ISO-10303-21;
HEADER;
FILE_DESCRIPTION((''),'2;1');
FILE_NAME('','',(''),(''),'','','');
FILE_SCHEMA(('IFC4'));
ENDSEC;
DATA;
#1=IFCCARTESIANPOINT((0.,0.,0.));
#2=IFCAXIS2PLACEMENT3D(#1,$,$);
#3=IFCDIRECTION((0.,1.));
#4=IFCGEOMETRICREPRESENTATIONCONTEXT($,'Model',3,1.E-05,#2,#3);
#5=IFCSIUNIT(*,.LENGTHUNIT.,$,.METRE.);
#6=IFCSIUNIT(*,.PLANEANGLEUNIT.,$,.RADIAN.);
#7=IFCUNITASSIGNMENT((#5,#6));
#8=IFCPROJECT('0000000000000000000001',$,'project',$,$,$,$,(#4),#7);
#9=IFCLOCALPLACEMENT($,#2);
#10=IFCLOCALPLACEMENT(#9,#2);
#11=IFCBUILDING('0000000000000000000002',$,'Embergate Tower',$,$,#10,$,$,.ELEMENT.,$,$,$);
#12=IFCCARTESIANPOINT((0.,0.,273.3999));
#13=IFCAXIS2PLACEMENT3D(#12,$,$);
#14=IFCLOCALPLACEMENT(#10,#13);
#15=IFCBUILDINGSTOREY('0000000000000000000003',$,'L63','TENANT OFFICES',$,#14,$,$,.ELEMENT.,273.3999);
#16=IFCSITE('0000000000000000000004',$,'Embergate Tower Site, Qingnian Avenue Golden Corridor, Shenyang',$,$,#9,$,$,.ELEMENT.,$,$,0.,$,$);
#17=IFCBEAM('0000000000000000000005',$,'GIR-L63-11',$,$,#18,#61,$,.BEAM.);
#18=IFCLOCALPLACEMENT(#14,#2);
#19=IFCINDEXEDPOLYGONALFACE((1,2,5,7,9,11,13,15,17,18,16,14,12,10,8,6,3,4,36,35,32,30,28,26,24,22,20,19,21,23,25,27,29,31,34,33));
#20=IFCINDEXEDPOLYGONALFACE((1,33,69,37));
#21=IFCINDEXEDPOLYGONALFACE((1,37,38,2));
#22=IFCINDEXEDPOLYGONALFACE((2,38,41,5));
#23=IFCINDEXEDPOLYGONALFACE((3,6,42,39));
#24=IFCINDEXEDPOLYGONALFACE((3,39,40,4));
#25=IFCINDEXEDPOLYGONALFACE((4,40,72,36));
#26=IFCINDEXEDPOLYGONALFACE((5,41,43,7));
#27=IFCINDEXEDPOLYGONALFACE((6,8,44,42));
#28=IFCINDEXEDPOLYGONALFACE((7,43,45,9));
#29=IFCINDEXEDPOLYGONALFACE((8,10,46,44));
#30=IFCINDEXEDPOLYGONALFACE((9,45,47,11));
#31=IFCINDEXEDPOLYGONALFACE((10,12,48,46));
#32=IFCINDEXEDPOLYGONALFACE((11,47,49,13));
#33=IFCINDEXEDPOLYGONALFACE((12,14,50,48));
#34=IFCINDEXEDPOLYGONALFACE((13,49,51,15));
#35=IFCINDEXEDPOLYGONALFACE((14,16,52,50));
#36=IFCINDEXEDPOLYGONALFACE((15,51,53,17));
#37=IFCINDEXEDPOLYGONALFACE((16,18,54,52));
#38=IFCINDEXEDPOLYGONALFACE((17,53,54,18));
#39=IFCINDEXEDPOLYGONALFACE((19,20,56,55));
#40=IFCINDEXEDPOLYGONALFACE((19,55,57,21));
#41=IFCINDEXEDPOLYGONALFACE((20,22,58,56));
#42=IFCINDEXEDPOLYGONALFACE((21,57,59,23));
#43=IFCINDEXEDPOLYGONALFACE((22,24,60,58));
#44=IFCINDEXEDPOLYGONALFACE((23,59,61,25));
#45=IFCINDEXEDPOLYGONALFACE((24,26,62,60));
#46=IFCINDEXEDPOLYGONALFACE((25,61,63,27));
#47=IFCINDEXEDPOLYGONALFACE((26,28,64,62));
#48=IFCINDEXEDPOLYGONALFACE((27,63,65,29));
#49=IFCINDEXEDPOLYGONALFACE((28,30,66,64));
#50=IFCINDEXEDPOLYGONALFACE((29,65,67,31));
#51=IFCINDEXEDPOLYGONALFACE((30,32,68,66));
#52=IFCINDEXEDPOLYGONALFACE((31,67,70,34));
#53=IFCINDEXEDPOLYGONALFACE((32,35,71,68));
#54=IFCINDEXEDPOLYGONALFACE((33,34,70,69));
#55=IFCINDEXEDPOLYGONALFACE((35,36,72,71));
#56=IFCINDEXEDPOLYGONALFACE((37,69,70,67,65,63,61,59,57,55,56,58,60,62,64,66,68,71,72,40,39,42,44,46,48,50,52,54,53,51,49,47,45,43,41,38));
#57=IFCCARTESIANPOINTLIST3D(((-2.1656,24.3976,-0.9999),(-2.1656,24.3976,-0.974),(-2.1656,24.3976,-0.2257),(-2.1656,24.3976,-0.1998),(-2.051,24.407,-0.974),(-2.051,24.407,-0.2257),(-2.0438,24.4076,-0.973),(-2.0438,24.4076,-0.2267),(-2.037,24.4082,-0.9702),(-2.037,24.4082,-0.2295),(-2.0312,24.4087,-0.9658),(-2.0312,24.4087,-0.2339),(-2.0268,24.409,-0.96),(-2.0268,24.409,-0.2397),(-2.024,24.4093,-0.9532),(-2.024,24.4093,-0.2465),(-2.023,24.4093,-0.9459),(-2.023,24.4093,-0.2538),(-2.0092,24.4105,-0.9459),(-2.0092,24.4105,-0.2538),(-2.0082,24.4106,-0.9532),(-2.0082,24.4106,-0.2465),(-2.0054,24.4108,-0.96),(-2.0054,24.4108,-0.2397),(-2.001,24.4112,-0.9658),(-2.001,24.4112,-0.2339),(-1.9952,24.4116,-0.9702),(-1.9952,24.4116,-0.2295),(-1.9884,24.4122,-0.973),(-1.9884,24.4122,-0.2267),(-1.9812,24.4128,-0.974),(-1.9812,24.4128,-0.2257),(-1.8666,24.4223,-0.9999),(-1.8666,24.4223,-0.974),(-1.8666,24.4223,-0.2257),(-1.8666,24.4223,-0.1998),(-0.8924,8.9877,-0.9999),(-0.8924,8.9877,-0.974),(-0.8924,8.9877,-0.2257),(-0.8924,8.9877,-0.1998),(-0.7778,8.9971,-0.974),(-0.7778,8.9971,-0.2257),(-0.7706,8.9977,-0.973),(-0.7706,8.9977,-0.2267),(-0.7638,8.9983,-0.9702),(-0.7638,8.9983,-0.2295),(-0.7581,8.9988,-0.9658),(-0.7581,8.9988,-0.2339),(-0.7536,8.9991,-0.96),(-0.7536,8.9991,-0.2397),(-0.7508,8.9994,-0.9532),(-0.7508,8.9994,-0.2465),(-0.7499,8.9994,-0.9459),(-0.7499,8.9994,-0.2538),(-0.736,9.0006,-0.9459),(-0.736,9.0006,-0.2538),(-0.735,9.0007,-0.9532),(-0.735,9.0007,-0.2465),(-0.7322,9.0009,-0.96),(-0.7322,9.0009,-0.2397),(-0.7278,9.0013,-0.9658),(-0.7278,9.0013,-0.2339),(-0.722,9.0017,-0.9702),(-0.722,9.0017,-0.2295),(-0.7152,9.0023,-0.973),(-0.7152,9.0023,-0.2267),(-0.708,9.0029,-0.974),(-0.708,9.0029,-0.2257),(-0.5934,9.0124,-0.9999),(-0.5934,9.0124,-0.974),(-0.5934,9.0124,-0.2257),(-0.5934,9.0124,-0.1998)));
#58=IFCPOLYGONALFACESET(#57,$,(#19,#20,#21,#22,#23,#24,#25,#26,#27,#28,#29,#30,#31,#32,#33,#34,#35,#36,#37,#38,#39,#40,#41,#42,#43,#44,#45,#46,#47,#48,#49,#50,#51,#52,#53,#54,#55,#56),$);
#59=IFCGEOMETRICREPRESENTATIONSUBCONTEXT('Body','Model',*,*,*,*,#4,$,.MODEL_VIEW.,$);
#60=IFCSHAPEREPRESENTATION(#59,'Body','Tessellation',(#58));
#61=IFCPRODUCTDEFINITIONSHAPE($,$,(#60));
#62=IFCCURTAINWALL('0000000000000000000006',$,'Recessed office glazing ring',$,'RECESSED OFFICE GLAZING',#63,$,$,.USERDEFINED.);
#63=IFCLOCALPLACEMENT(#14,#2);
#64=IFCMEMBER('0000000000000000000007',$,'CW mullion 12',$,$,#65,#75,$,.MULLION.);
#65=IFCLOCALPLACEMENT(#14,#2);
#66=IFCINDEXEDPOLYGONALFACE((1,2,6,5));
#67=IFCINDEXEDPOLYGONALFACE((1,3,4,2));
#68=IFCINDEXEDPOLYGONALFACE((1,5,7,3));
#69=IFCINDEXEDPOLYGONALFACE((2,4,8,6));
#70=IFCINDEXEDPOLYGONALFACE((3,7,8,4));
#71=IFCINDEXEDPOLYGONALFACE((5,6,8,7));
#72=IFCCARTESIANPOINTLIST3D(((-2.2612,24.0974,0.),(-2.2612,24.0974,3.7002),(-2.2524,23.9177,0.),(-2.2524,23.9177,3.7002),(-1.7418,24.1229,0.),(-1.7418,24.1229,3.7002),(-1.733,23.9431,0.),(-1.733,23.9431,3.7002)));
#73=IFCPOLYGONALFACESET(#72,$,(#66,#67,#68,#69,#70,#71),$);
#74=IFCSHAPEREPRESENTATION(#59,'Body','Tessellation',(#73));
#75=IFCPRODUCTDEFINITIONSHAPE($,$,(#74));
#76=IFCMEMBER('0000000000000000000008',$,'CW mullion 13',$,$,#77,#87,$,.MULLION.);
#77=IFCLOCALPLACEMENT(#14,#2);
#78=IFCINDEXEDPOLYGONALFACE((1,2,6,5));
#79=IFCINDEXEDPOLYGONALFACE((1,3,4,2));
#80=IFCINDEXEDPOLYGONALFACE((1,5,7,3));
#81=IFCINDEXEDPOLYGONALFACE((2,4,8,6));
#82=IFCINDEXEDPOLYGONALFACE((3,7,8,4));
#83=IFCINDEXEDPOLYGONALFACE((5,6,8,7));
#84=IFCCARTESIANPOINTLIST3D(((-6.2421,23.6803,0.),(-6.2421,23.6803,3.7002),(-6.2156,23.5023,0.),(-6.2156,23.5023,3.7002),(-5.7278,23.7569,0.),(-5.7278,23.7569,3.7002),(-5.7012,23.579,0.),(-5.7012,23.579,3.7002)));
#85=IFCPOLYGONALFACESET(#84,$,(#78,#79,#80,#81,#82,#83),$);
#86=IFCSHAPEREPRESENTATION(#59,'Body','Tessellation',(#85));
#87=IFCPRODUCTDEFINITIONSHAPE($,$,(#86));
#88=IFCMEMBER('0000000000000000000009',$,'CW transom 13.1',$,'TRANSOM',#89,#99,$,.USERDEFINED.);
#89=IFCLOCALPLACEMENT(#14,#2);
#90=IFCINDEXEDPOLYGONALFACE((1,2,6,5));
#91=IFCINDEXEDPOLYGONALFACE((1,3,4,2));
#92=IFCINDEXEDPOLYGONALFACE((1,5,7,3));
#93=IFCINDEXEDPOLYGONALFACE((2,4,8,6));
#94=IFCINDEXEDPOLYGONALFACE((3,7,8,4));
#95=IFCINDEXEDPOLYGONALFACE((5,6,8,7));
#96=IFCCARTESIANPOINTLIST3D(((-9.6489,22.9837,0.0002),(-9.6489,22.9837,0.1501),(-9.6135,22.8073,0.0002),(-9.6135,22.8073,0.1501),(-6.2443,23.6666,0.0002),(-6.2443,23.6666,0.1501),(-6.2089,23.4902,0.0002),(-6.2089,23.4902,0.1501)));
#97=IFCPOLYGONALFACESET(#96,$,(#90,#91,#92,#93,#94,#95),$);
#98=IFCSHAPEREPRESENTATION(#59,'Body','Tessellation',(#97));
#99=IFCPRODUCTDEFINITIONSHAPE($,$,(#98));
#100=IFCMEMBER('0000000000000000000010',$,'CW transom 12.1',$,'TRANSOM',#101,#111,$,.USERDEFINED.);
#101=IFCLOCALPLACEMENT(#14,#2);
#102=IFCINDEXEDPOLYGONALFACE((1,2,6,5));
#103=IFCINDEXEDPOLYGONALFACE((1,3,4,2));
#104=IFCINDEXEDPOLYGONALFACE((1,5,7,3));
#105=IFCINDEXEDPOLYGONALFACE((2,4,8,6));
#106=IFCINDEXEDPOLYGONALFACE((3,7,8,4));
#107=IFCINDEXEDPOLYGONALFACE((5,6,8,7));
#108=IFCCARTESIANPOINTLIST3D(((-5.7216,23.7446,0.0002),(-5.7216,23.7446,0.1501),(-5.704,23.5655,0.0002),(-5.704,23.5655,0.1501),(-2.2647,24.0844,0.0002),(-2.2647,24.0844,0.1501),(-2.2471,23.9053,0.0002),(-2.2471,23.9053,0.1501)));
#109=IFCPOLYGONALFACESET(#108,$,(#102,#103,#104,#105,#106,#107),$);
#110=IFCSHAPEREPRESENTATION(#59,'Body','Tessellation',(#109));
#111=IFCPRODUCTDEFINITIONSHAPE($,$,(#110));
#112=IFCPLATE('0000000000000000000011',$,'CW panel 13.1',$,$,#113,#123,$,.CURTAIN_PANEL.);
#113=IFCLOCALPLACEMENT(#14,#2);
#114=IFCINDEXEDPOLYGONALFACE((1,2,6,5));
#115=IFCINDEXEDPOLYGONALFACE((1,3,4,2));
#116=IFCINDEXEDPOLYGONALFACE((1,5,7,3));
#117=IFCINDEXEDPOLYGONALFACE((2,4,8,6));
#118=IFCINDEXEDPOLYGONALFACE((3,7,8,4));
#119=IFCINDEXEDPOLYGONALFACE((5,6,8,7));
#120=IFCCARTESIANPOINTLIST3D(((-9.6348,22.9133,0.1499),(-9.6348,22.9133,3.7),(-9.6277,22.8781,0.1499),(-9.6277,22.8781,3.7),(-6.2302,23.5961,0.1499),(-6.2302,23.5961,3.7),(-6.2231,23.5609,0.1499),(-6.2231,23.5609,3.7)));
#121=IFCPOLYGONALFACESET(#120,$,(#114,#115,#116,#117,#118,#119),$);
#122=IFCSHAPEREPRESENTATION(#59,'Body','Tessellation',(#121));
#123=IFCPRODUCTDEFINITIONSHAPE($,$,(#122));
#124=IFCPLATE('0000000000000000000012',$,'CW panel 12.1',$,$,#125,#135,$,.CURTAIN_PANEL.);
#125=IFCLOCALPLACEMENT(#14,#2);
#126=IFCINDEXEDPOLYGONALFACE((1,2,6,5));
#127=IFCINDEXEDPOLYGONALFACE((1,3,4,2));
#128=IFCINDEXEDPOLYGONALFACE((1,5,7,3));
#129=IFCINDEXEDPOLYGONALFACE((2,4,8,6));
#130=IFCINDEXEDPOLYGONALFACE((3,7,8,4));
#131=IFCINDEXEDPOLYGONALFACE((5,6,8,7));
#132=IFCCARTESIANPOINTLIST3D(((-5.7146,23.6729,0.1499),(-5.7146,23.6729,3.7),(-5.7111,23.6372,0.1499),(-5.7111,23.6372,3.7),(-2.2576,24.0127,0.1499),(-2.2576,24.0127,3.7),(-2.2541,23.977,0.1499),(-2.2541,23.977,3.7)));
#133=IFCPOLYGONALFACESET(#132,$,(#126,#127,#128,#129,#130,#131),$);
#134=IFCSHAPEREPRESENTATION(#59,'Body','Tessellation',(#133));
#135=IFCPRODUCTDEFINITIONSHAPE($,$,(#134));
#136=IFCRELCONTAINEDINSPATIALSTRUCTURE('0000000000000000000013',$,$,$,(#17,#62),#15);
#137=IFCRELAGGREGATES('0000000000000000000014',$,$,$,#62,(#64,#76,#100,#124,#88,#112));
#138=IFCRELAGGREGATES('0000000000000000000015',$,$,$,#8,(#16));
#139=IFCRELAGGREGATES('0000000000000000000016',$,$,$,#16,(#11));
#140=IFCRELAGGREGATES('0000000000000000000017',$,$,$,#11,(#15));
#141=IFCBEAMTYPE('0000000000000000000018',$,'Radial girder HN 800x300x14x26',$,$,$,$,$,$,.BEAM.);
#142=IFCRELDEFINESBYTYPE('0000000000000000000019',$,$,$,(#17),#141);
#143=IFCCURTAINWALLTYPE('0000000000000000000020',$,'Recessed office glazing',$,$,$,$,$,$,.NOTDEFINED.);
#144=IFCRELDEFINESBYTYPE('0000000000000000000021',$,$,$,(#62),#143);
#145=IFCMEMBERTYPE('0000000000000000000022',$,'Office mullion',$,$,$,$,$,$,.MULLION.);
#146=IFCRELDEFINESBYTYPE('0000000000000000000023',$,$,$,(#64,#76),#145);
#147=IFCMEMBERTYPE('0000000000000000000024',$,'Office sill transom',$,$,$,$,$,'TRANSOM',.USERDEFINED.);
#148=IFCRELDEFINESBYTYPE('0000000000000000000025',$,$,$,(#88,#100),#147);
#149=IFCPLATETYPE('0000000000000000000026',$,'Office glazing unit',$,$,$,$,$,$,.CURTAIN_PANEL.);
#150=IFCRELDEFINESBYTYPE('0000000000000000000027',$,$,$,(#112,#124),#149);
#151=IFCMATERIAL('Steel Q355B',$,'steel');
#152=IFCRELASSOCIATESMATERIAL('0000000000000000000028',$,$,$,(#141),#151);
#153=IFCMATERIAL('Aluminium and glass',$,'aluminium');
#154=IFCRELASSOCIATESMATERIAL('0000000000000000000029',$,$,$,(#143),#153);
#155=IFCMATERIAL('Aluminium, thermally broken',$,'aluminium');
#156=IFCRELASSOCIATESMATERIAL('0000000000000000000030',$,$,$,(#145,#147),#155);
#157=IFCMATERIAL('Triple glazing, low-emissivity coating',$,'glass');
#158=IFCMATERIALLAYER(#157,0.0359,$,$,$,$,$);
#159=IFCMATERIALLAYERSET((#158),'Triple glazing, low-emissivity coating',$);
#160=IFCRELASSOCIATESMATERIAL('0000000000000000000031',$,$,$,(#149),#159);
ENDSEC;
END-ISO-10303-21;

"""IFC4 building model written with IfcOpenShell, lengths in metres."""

from ifc_helpers import new_model, si_unit, direction, frame, origin, origin_2d, place, context, subcontext, project, spatial, rectangle, i_section, extrude, source, transform, mapped, material, layer, layer_set, material_profile, profile_set, type_object, element, aggregate, save


model = new_model("IFC4")

# Units and contexts
model_context = context("Model", 3, precision=1e-05, world=origin(), true_north=direction((0.0, 1.0)))
body_context = subcontext(model_context, "Body", "Model", "MODEL_VIEW")
ifc_project = project(units=[si_unit("LENGTHUNIT", "METRE"), si_unit("PLANEANGLEUNIT", "RADIAN")], contexts=[model_context])

# Site, building, storey
site_placement = place(None, origin())
site = spatial("IfcSite", under=ifc_project, at=site_placement, Name="Embergate Tower Site, Qingnian Avenue Golden Corridor, Shenyang", CompositionType="ELEMENT", RefElevation=0.0)
building_placement = place(site_placement, origin())
building = spatial("IfcBuilding", under=site, at=building_placement, Name="Embergate Tower", CompositionType="ELEMENT")
storey_placement = place(building_placement, frame((0.0, 0.0, 273.3999)))
storey = spatial("IfcBuildingStorey", under=building, at=storey_placement, Name="L63", Description="TENANT OFFICES", CompositionType="ELEMENT", Elevation=273.3999)

# Beam
ifc_material_1 = material(Name="Steel Q355B", Category="steel")
ifc_material_profile_1 = material_profile(ifc_material_1, i_section(OverallWidth=0.3, OverallDepth=0.8, WebThickness=0.0139, FlangeThickness=0.0259, FilletRadius=0.0281, at=origin_2d()), Name="HN 800x300x14x26")
ifc_profile_set_1 = profile_set([ifc_material_profile_1], Name="Steel Q355 grade B")
beam_type_1 = type_object("IfcBeamType", Name="Radial girder HN 800x300x14x26", PredefinedType="BEAM", material=ifc_profile_set_1)
shared_shape_1 = source(origin(), body_context, "Body", "SweptSolid", [
    extrude(i_section(OverallWidth=0.3, OverallDepth=0.8, WebThickness=0.0139, FlangeThickness=0.0259, FilletRadius=0.0281, at=origin_2d()), origin(), (0.0, 0.0, 1.0), 15.4624),
])
beam_1_placement = place(storey_placement, frame((-2.0161, 24.4099, -0.5999), z_axis=(0.082341, -0.996604, 0.0), x_axis=(0.996604, 0.082341, 0.0)))
element("IfcBeam", 1, at=beam_1_placement, inside=storey, type_object=beam_type_1, Name="GIR-L63-11", PredefinedType="BEAM", context=body_context, shape_type="MappedRepresentation", body=[
    mapped(shared_shape_1, transform((0.0, 0.0, 0.0))),
])

# Curtain wall, members, plates
ifc_material_2 = material(Name="Aluminium and glass", Category="aluminium")
curtain_wall_type = type_object("IfcCurtainWallType", Name="Recessed office glazing", PredefinedType="NOTDEFINED", material=ifc_material_2)
curtain_wall_placement = place(storey_placement, origin())
curtain_wall = element("IfcCurtainWall", 2, at=curtain_wall_placement, inside=storey, type_object=curtain_wall_type, Name="Recessed office glazing ring", ObjectType="RECESSED OFFICE GLAZING", PredefinedType="USERDEFINED")
ifc_material_3 = material(Name="Aluminium, thermally broken", Category="aluminium")
ifc_material_profile_2 = material_profile(ifc_material_3, rectangle(XDim=0.1799, YDim=0.52, at=origin_2d()), Name="AL 520x180")
ifc_profile_set_2 = profile_set([ifc_material_profile_2], Name="Aluminium, thermally broken")
member_type_1 = type_object("IfcMemberType", Name="Office mullion", PredefinedType="MULLION", material=ifc_profile_set_2)
shared_shape_2 = source(origin(), body_context, "Body", "SweptSolid", [
    extrude(rectangle(XDim=0.1799, YDim=0.52, at=origin_2d()), origin(), (0.0, 0.0, 1.0), 3.7002),
])
member_1_placement = place(storey_placement, frame((-1.9971, 24.0203, 0.0), z_axis=(0.0, 0.0, 1.0), x_axis=(0.04897, -0.9988, 0.0)))
member_1 = element("IfcMember", 3, at=member_1_placement, type_object=member_type_1, Name="CW mullion 12", PredefinedType="MULLION", context=body_context, shape_type="MappedRepresentation", body=[
    mapped(shared_shape_2, transform((0.0, 0.0, 0.0))),
])
member_2_placement = place(storey_placement, frame((-5.9717, 23.6296, 0.0), z_axis=(0.0, 0.0, 1.0), x_axis=(0.147409, -0.989076, 0.0)))
member_2 = element("IfcMember", 4, at=member_2_placement, type_object=member_type_1, Name="CW mullion 13", PredefinedType="MULLION", context=body_context, shape_type="MappedRepresentation", body=[
    mapped(shared_shape_2, transform((0.0, 0.0, 0.0))),
])
ifc_material_profile_3 = material_profile(ifc_material_3, rectangle(XDim=0.1799, YDim=0.1499, at=origin_2d()), Name="AL 150x180")
ifc_profile_set_3 = profile_set([ifc_material_profile_3], Name="Aluminium, thermally broken")
member_type_2 = type_object("IfcMemberType", Name="Office sill transom", ElementType="TRANSOM", PredefinedType="USERDEFINED", material=ifc_profile_set_3)
shared_shape_3 = source(origin(), body_context, "Body", "SweptSolid", [
    extrude(rectangle(XDim=0.1799, YDim=0.1499, at=origin_2d()), origin(), (0.0, 0.0, 1.0), 3.4724),
])
member_3_placement = place(storey_placement, frame((-6.2266, 23.5784, 0.0752), z_axis=(-0.980472, -0.196657, 0.0), x_axis=(0.196657, -0.980472, 0.0)))
member_3 = element("IfcMember", 5, at=member_3_placement, type_object=member_type_2, Name="CW transom 13.1", ObjectType="TRANSOM", PredefinedType="USERDEFINED", context=body_context, shape_type="MappedRepresentation", body=[
    mapped(shared_shape_3, transform((0.0, 0.0, 0.0))),
])
shared_shape_4 = source(origin(), body_context, "Body", "SweptSolid", [
    extrude(rectangle(XDim=0.1799, YDim=0.1499, at=origin_2d()), origin(), (0.0, 0.0, 1.0), 3.4736),
])
member_4_placement = place(storey_placement, frame((-2.2559, 23.9949, 0.0752), z_axis=(-0.995203, -0.097833, 0.0), x_axis=(0.097833, -0.995203, 0.0)))
member_4 = element("IfcMember", 6, at=member_4_placement, type_object=member_type_2, Name="CW transom 12.1", ObjectType="TRANSOM", PredefinedType="USERDEFINED", context=body_context, shape_type="MappedRepresentation", body=[
    mapped(shared_shape_4, transform((0.0, 0.0, 0.0))),
])
ifc_material_4 = material(Name="Triple glazing, low-emissivity coating", Category="glass")
ifc_layer = layer(ifc_material_4, 0.0359)
ifc_layer_set = layer_set([ifc_layer], Name="Triple glazing, low-emissivity coating")
plate_type = type_object("IfcPlateType", Name="Office glazing unit", PredefinedType="CURTAIN_PANEL", material=ifc_layer_set)
shared_shape_5 = source(origin(), body_context, "Body", "SweptSolid", [
    extrude(rectangle(XDim=3.4724, YDim=0.0359, at=origin_2d()), origin(), (0.0, 0.0, 1.0), 3.55),
])
plate_1_placement = place(storey_placement, frame((-7.929, 23.2371, 0.1499), z_axis=(0.0, 0.0, 1.0), x_axis=(-0.980476, -0.196638, 0.0)))
plate_1 = element("IfcPlate", 7, at=plate_1_placement, type_object=plate_type, Name="CW panel 13.1", PredefinedType="CURTAIN_PANEL", context=body_context, shape_type="MappedRepresentation", body=[
    mapped(shared_shape_5, transform((0.0, 0.0, 0.0))),
])
shared_shape_6 = source(origin(), body_context, "Body", "SweptSolid", [
    extrude(rectangle(XDim=3.4736, YDim=0.0359, at=origin_2d()), origin(), (0.0, 0.0, 1.0), 3.55),
])
plate_2_placement = place(storey_placement, frame((-3.9844, 23.825, 0.1499), z_axis=(0.0, 0.0, 1.0), x_axis=(-0.995203, -0.097828, 0.0)))
plate_2 = element("IfcPlate", 8, at=plate_2_placement, type_object=plate_type, Name="CW panel 12.1", PredefinedType="CURTAIN_PANEL", context=body_context, shape_type="MappedRepresentation", body=[
    mapped(shared_shape_6, transform((0.0, 0.0, 0.0))),
])
aggregate(curtain_wall, [member_1, member_2, member_4, plate_2, member_3, plate_1])

save(model, "model.ifc")
